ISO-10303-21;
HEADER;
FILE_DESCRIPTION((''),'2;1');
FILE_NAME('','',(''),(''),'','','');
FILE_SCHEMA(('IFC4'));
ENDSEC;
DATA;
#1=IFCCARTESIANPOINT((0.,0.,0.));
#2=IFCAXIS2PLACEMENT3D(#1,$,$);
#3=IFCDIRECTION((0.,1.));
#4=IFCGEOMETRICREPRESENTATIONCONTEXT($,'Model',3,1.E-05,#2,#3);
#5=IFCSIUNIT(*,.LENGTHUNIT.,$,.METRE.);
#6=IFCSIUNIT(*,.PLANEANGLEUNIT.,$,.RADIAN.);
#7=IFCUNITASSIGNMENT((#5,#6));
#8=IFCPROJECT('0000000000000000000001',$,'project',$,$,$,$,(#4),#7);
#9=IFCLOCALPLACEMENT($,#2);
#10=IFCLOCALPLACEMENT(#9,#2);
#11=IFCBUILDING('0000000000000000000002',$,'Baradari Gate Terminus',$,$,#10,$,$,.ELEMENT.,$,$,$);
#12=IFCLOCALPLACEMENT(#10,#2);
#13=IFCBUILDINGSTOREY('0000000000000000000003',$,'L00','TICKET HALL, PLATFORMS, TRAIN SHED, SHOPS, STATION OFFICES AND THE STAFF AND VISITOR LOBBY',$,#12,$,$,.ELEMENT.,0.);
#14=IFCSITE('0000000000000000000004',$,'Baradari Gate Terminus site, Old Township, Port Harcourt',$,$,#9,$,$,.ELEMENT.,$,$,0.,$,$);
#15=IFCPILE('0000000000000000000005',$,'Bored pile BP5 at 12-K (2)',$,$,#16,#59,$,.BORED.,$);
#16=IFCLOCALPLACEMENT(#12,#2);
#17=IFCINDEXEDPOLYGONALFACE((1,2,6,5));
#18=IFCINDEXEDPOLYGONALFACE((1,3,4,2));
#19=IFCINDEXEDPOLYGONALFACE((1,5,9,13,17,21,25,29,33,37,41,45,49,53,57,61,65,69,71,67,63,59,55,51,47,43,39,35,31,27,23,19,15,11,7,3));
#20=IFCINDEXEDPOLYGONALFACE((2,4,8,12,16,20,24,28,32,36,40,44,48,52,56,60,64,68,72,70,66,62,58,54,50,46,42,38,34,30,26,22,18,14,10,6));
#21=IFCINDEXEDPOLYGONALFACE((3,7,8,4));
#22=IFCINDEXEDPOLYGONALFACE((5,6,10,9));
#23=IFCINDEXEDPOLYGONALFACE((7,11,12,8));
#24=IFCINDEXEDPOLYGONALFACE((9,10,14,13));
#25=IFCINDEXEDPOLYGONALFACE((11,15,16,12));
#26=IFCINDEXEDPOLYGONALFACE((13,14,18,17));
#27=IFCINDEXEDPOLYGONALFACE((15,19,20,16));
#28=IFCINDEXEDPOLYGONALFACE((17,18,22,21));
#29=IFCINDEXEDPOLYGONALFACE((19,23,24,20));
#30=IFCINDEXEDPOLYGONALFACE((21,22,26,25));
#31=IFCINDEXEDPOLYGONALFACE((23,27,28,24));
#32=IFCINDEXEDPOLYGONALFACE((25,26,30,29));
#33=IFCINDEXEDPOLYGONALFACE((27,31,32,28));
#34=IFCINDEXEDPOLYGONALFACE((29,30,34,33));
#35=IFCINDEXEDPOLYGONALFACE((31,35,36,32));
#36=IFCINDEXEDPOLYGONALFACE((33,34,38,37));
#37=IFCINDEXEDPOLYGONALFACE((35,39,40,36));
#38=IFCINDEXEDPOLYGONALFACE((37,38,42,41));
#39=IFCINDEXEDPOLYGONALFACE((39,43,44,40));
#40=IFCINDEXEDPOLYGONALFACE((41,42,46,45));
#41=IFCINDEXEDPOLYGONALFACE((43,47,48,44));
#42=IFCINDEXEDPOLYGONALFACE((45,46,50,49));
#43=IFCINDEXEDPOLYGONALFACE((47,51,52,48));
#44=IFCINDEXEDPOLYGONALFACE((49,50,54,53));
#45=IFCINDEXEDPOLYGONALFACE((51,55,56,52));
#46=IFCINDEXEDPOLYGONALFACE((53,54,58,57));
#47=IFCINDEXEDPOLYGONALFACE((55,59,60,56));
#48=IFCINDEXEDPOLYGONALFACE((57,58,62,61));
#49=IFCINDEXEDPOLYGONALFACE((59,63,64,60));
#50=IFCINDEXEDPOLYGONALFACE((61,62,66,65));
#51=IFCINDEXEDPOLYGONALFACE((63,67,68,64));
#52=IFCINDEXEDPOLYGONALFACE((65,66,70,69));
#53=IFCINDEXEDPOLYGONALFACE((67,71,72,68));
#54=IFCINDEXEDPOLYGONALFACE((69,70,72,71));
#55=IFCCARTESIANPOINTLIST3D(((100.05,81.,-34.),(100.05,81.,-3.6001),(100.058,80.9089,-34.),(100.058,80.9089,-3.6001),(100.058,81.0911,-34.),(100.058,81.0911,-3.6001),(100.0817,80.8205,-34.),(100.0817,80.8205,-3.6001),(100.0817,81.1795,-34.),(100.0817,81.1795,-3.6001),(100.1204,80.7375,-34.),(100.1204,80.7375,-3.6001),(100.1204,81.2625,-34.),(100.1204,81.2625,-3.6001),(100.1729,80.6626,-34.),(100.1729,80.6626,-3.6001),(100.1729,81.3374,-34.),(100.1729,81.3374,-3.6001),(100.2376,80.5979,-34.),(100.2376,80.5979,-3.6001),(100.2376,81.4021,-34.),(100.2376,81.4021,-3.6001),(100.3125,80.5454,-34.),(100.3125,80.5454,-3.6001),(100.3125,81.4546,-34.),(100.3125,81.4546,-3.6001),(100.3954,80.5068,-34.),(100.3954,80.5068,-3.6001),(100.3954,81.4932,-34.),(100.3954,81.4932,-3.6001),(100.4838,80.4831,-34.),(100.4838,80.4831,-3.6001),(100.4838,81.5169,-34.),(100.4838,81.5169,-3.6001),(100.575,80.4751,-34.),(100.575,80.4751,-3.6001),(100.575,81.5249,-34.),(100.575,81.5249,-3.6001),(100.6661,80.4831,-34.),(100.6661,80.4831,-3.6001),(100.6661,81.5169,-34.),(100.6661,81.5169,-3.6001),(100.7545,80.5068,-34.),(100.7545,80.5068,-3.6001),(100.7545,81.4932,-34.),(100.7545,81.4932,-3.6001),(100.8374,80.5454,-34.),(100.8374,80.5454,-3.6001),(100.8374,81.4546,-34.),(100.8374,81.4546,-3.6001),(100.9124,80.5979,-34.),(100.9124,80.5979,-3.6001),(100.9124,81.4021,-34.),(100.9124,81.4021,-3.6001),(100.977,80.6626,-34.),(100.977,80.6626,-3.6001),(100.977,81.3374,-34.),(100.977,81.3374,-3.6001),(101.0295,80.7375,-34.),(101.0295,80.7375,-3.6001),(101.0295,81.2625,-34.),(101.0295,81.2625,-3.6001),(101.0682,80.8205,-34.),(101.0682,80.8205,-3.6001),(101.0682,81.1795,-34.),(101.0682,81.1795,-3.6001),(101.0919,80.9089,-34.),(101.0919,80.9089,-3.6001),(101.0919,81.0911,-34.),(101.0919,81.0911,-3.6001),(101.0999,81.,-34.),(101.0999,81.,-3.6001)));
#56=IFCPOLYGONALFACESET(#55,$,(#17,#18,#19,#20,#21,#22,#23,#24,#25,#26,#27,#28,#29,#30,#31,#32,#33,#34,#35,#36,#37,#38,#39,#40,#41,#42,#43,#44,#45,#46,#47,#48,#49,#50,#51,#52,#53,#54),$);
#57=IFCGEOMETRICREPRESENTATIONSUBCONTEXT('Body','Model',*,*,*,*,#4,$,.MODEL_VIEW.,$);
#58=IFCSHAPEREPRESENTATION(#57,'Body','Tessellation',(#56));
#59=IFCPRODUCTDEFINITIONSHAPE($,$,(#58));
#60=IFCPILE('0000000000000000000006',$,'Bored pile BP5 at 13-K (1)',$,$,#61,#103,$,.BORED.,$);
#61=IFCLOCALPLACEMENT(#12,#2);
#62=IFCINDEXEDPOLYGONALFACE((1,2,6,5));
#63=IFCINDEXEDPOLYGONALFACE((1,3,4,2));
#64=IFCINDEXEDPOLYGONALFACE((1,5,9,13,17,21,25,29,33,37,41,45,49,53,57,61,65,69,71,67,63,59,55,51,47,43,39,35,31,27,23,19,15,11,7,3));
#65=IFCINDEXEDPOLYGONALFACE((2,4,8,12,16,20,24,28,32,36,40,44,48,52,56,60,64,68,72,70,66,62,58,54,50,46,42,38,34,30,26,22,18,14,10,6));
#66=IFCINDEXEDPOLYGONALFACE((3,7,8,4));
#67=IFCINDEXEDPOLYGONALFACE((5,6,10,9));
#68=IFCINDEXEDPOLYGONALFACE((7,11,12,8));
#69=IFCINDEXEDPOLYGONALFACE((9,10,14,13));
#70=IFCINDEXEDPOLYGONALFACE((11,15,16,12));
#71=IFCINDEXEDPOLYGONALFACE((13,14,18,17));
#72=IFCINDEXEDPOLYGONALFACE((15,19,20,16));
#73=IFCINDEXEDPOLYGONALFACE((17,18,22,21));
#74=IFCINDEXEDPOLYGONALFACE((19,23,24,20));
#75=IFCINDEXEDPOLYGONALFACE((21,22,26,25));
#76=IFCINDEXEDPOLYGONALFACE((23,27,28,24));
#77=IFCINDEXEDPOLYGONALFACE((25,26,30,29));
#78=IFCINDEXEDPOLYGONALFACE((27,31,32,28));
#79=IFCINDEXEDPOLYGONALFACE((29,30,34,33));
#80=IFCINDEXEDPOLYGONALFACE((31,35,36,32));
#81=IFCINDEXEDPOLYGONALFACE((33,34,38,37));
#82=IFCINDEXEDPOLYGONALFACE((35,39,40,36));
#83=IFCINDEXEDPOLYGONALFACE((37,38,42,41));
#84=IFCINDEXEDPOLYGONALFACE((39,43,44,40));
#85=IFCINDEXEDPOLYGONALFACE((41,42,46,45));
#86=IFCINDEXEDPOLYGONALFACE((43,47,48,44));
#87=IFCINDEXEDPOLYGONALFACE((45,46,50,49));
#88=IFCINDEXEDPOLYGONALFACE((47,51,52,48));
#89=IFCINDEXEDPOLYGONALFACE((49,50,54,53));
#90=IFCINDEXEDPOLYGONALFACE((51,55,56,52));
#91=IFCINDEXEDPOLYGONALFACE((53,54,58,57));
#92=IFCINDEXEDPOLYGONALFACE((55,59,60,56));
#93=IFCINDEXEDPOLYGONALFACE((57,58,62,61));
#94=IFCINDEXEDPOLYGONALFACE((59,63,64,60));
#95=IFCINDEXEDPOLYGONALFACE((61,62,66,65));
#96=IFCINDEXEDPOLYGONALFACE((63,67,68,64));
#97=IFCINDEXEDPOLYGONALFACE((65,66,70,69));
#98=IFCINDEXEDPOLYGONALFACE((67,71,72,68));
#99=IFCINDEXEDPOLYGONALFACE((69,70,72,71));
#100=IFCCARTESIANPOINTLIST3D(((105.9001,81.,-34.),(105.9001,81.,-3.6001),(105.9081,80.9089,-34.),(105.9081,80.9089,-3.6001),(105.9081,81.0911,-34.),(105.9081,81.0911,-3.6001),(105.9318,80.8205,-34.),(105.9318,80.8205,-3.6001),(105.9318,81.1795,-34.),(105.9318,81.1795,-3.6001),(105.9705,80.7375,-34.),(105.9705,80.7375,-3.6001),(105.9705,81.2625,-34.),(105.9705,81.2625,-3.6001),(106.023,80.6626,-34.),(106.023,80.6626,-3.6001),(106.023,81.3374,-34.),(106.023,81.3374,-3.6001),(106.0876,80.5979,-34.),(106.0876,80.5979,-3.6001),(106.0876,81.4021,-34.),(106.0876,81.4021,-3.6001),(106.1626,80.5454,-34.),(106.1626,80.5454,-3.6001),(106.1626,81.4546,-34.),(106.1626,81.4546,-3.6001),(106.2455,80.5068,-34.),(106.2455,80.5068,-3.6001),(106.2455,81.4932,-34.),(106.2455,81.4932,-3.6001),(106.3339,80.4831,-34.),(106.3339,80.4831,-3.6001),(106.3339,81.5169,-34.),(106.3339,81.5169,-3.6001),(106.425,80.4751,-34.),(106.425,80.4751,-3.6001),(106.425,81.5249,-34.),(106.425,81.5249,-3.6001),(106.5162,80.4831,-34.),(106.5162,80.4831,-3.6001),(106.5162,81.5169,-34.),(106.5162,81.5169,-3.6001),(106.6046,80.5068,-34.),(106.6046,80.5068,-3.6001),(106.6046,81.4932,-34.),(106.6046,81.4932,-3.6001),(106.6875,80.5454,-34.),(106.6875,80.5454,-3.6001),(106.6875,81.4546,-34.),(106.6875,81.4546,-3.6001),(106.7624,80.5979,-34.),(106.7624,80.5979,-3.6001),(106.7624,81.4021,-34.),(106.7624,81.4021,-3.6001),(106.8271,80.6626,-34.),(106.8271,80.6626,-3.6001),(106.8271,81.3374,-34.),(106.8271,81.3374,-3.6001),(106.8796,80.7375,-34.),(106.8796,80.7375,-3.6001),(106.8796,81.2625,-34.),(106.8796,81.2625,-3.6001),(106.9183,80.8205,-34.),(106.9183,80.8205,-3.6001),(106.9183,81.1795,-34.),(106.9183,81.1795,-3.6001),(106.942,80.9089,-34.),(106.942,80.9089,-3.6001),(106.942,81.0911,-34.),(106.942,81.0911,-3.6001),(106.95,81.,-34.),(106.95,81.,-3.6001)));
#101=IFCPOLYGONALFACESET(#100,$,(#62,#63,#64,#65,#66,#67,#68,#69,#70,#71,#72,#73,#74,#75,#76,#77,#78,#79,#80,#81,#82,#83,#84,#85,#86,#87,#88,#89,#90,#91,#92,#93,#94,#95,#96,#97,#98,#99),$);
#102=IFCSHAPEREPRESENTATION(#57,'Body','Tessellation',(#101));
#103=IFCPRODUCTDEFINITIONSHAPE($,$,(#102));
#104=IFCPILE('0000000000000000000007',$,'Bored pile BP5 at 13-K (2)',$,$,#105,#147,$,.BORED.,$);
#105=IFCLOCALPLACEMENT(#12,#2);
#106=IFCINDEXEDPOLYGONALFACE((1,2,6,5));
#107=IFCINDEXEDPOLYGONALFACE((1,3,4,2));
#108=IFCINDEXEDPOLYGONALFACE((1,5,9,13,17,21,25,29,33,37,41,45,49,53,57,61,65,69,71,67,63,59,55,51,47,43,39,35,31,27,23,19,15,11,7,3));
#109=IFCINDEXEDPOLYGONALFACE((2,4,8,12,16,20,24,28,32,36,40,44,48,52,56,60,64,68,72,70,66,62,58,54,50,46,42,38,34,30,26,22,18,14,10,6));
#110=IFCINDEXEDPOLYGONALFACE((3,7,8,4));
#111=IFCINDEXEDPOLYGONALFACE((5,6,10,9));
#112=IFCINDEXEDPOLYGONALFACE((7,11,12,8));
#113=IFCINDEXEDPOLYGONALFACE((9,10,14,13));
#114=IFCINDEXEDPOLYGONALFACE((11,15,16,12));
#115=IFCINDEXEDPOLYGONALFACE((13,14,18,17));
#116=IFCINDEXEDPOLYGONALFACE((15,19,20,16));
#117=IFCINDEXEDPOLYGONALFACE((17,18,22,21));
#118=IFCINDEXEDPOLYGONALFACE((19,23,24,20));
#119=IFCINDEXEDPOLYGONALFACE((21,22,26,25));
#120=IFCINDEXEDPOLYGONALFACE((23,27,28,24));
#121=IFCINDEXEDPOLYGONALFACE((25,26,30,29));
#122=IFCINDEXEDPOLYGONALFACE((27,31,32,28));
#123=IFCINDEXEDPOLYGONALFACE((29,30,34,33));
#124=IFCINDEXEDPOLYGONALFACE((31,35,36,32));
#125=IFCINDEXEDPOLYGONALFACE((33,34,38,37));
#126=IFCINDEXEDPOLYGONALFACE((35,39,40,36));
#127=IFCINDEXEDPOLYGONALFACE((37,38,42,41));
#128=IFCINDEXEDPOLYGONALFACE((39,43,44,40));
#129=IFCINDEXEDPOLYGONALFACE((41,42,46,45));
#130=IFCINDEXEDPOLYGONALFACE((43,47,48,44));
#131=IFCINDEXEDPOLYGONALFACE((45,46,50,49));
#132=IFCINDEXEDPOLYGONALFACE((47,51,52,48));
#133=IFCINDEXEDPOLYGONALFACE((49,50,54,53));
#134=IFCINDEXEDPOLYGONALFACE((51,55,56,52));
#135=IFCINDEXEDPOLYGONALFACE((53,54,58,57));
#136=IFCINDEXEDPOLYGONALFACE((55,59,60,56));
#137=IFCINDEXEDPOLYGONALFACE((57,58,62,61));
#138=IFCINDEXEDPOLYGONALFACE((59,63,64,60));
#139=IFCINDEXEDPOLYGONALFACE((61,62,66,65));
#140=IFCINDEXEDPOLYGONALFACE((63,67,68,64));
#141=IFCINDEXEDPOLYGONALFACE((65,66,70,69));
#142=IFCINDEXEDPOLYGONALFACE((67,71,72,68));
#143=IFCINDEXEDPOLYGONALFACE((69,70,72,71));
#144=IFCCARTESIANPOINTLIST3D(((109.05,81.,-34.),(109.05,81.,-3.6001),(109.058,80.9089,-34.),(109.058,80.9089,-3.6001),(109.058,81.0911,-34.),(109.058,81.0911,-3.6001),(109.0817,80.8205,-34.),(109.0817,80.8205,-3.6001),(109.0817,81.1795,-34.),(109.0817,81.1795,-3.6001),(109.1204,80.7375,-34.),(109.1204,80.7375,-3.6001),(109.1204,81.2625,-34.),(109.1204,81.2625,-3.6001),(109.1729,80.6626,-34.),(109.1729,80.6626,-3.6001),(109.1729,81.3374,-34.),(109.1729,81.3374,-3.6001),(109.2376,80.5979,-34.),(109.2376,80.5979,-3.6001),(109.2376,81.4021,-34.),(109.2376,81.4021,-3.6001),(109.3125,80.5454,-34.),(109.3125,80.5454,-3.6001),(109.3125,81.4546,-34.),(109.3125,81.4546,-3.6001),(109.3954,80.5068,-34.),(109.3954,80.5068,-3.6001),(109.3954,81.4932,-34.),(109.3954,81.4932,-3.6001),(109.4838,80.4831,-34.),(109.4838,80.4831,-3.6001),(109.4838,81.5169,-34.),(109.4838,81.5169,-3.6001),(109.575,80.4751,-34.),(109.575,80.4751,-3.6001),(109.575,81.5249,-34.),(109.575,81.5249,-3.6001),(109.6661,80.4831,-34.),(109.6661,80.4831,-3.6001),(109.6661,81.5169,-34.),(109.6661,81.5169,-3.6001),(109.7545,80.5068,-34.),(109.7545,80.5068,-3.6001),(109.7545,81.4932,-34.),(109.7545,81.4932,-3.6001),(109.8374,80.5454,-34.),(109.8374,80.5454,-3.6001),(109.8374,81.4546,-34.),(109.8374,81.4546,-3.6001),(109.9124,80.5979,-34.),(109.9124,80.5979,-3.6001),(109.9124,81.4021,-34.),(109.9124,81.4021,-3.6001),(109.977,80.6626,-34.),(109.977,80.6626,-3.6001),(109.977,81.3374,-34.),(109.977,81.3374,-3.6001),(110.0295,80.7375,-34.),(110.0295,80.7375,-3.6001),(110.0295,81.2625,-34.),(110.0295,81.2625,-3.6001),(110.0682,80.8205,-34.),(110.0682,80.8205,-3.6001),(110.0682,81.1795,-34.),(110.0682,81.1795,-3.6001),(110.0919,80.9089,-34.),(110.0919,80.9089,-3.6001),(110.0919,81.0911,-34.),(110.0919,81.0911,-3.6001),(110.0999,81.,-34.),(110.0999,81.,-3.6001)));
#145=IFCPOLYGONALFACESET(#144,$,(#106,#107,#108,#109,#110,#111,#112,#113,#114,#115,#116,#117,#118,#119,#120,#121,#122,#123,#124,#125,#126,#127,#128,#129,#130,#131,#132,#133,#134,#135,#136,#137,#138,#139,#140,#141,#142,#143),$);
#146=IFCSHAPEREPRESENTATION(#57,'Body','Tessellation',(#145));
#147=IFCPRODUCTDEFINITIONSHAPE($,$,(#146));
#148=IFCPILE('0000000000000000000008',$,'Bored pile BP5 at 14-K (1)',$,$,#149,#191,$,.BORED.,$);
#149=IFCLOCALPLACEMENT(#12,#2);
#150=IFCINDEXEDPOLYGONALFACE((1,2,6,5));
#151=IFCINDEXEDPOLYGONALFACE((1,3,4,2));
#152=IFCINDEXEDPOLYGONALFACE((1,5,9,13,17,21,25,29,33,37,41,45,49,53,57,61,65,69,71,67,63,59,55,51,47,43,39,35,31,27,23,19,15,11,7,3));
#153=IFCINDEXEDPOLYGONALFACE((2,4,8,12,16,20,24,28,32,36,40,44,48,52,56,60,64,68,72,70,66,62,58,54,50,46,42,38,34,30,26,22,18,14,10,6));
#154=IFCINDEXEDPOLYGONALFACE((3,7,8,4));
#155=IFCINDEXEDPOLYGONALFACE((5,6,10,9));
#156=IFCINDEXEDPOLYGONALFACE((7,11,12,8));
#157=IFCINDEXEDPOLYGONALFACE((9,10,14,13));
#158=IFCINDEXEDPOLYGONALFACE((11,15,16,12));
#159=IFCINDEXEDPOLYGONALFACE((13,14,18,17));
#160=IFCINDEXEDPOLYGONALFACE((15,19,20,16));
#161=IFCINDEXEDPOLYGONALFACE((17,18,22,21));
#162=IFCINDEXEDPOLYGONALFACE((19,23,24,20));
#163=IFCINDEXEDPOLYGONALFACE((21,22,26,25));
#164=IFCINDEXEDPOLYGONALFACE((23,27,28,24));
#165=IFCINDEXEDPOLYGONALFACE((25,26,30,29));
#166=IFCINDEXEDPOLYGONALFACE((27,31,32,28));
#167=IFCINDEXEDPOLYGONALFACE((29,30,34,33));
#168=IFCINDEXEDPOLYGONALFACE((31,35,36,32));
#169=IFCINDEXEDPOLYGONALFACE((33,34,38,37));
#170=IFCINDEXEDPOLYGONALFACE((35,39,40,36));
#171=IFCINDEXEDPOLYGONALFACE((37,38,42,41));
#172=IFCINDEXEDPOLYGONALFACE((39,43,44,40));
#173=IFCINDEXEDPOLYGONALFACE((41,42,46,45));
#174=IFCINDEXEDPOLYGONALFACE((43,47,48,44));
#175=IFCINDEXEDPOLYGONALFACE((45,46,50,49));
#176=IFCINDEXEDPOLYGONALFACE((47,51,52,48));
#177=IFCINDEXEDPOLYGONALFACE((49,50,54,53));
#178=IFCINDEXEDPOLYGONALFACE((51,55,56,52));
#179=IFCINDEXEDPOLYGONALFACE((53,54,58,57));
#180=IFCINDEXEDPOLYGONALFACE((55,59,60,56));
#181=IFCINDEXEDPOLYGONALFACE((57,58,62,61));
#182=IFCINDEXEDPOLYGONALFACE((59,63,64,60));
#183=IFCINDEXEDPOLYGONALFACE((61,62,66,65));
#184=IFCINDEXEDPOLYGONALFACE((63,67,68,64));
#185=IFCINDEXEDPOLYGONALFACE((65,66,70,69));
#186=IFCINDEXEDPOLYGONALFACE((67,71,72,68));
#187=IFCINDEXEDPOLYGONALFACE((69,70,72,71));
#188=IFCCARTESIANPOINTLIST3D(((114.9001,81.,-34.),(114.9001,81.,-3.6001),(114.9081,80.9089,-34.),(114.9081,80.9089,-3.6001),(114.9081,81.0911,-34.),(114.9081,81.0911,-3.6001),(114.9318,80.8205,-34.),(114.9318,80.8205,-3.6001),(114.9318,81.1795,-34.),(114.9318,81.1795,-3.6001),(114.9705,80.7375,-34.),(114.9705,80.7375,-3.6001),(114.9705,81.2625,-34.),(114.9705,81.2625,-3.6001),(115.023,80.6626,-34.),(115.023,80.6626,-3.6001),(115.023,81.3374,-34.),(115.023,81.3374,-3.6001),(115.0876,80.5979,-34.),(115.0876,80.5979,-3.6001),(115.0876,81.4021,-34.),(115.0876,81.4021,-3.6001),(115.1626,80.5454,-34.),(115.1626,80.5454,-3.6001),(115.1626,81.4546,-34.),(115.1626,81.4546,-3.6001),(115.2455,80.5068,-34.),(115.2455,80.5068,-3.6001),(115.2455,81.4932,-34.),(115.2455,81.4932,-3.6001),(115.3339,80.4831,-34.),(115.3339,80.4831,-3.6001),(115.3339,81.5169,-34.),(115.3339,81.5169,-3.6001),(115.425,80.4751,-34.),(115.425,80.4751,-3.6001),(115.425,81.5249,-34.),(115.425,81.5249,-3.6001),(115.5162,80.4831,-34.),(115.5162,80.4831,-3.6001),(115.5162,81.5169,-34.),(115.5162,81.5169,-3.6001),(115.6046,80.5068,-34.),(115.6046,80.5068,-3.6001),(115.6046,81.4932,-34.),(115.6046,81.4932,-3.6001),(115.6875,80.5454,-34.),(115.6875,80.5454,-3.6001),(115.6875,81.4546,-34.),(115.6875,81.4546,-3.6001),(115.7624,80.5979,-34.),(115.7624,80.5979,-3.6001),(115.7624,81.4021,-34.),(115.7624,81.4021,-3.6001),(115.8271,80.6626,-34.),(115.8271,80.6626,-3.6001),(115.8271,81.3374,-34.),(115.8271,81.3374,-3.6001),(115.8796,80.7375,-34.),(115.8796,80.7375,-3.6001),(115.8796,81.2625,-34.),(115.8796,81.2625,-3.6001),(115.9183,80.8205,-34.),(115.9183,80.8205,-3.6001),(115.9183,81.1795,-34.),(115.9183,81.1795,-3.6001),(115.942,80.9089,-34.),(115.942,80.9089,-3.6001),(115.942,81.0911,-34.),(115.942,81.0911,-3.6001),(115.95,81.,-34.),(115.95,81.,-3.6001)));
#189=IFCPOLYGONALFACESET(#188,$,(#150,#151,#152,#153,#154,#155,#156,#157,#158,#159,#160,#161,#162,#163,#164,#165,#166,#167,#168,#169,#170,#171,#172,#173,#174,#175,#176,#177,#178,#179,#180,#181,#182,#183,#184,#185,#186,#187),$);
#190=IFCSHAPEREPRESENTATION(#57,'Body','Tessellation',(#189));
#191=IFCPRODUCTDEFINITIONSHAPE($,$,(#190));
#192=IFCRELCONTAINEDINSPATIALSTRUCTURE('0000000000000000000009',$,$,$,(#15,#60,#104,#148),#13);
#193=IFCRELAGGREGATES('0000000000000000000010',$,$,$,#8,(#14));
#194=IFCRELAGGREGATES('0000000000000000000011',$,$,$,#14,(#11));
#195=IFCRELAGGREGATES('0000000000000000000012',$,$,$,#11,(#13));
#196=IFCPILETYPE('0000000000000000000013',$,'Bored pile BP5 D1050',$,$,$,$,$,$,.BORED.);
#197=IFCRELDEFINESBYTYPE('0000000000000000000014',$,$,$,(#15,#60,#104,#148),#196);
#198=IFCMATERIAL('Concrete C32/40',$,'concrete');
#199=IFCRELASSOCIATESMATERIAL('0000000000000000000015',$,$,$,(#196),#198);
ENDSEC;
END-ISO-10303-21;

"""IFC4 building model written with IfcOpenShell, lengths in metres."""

from ifc_helpers import new_model, si_unit, direction, frame, origin, origin_2d, place, context, subcontext, project, spatial, circle, extrude, material, type_object, element, save


model = new_model("IFC4")

# Units and contexts
model_context = context("Model", 3, precision=1e-05, world=origin(), true_north=direction((0.0, 1.0)))
body_context = subcontext(model_context, "Body", "Model", "MODEL_VIEW")
ifc_project = project(units=[si_unit("LENGTHUNIT", "METRE"), si_unit("PLANEANGLEUNIT", "RADIAN")], contexts=[model_context])

# Site, building, storey
site_placement = place(None, origin())
site = spatial("IfcSite", under=ifc_project, at=site_placement, Name="Baradari Gate Terminus site, Old Township, Port Harcourt", CompositionType="ELEMENT", RefElevation=0.0)
building_placement = place(site_placement, origin())
building = spatial("IfcBuilding", under=site, at=building_placement, Name="Baradari Gate Terminus", CompositionType="ELEMENT")
storey_placement = place(building_placement, origin())
storey = spatial("IfcBuildingStorey", under=building, at=storey_placement, Name="L00", Description="TICKET HALL, PLATFORMS, TRAIN SHED, SHOPS, STATION OFFICES AND THE STAFF AND VISITOR LOBBY", CompositionType="ELEMENT", Elevation=0.0)

# Piles
ifc_material_1 = material(Name="Concrete C32/40", Category="concrete")
pile_type = type_object("IfcPileType", Name="Bored pile BP5 D1050", PredefinedType="BORED", material=ifc_material_1)
for number, where, z_axis, x_axis, name in (
    (1, (100.575, 81.0, -3.6001), (0.0, 0.0, -1.0), (1.0, 0.0, 0.0), "Bored pile BP5 at 12-K (2)"),
    (2, (106.425, 81.0, -3.6001), (0.0, 0.0, -1.0), (1.0, 0.0, 0.0), "Bored pile BP5 at 13-K (1)"),
    (3, (109.575, 81.0, -3.6001), (0.0, 0.0, -1.0), (1.0, 0.0, 0.0), "Bored pile BP5 at 13-K (2)"),
    (4, (115.425, 81.0, -3.6001), (0.0, 0.0, -1.0), (1.0, 0.0, 0.0), "Bored pile BP5 at 14-K (1)"),
):
    element("IfcPile", number, at=place(storey_placement, frame(where, z_axis=z_axis, x_axis=x_axis)), inside=storey, type_object=pile_type, Name=name, PredefinedType="BORED", context=body_context, shape_type="SweptSolid", body=[
        extrude(circle(Radius=0.5249, at=origin_2d()), origin(), (0.0, 0.0, 1.0), 30.3999),
    ])

save(model, "model.ifc")
